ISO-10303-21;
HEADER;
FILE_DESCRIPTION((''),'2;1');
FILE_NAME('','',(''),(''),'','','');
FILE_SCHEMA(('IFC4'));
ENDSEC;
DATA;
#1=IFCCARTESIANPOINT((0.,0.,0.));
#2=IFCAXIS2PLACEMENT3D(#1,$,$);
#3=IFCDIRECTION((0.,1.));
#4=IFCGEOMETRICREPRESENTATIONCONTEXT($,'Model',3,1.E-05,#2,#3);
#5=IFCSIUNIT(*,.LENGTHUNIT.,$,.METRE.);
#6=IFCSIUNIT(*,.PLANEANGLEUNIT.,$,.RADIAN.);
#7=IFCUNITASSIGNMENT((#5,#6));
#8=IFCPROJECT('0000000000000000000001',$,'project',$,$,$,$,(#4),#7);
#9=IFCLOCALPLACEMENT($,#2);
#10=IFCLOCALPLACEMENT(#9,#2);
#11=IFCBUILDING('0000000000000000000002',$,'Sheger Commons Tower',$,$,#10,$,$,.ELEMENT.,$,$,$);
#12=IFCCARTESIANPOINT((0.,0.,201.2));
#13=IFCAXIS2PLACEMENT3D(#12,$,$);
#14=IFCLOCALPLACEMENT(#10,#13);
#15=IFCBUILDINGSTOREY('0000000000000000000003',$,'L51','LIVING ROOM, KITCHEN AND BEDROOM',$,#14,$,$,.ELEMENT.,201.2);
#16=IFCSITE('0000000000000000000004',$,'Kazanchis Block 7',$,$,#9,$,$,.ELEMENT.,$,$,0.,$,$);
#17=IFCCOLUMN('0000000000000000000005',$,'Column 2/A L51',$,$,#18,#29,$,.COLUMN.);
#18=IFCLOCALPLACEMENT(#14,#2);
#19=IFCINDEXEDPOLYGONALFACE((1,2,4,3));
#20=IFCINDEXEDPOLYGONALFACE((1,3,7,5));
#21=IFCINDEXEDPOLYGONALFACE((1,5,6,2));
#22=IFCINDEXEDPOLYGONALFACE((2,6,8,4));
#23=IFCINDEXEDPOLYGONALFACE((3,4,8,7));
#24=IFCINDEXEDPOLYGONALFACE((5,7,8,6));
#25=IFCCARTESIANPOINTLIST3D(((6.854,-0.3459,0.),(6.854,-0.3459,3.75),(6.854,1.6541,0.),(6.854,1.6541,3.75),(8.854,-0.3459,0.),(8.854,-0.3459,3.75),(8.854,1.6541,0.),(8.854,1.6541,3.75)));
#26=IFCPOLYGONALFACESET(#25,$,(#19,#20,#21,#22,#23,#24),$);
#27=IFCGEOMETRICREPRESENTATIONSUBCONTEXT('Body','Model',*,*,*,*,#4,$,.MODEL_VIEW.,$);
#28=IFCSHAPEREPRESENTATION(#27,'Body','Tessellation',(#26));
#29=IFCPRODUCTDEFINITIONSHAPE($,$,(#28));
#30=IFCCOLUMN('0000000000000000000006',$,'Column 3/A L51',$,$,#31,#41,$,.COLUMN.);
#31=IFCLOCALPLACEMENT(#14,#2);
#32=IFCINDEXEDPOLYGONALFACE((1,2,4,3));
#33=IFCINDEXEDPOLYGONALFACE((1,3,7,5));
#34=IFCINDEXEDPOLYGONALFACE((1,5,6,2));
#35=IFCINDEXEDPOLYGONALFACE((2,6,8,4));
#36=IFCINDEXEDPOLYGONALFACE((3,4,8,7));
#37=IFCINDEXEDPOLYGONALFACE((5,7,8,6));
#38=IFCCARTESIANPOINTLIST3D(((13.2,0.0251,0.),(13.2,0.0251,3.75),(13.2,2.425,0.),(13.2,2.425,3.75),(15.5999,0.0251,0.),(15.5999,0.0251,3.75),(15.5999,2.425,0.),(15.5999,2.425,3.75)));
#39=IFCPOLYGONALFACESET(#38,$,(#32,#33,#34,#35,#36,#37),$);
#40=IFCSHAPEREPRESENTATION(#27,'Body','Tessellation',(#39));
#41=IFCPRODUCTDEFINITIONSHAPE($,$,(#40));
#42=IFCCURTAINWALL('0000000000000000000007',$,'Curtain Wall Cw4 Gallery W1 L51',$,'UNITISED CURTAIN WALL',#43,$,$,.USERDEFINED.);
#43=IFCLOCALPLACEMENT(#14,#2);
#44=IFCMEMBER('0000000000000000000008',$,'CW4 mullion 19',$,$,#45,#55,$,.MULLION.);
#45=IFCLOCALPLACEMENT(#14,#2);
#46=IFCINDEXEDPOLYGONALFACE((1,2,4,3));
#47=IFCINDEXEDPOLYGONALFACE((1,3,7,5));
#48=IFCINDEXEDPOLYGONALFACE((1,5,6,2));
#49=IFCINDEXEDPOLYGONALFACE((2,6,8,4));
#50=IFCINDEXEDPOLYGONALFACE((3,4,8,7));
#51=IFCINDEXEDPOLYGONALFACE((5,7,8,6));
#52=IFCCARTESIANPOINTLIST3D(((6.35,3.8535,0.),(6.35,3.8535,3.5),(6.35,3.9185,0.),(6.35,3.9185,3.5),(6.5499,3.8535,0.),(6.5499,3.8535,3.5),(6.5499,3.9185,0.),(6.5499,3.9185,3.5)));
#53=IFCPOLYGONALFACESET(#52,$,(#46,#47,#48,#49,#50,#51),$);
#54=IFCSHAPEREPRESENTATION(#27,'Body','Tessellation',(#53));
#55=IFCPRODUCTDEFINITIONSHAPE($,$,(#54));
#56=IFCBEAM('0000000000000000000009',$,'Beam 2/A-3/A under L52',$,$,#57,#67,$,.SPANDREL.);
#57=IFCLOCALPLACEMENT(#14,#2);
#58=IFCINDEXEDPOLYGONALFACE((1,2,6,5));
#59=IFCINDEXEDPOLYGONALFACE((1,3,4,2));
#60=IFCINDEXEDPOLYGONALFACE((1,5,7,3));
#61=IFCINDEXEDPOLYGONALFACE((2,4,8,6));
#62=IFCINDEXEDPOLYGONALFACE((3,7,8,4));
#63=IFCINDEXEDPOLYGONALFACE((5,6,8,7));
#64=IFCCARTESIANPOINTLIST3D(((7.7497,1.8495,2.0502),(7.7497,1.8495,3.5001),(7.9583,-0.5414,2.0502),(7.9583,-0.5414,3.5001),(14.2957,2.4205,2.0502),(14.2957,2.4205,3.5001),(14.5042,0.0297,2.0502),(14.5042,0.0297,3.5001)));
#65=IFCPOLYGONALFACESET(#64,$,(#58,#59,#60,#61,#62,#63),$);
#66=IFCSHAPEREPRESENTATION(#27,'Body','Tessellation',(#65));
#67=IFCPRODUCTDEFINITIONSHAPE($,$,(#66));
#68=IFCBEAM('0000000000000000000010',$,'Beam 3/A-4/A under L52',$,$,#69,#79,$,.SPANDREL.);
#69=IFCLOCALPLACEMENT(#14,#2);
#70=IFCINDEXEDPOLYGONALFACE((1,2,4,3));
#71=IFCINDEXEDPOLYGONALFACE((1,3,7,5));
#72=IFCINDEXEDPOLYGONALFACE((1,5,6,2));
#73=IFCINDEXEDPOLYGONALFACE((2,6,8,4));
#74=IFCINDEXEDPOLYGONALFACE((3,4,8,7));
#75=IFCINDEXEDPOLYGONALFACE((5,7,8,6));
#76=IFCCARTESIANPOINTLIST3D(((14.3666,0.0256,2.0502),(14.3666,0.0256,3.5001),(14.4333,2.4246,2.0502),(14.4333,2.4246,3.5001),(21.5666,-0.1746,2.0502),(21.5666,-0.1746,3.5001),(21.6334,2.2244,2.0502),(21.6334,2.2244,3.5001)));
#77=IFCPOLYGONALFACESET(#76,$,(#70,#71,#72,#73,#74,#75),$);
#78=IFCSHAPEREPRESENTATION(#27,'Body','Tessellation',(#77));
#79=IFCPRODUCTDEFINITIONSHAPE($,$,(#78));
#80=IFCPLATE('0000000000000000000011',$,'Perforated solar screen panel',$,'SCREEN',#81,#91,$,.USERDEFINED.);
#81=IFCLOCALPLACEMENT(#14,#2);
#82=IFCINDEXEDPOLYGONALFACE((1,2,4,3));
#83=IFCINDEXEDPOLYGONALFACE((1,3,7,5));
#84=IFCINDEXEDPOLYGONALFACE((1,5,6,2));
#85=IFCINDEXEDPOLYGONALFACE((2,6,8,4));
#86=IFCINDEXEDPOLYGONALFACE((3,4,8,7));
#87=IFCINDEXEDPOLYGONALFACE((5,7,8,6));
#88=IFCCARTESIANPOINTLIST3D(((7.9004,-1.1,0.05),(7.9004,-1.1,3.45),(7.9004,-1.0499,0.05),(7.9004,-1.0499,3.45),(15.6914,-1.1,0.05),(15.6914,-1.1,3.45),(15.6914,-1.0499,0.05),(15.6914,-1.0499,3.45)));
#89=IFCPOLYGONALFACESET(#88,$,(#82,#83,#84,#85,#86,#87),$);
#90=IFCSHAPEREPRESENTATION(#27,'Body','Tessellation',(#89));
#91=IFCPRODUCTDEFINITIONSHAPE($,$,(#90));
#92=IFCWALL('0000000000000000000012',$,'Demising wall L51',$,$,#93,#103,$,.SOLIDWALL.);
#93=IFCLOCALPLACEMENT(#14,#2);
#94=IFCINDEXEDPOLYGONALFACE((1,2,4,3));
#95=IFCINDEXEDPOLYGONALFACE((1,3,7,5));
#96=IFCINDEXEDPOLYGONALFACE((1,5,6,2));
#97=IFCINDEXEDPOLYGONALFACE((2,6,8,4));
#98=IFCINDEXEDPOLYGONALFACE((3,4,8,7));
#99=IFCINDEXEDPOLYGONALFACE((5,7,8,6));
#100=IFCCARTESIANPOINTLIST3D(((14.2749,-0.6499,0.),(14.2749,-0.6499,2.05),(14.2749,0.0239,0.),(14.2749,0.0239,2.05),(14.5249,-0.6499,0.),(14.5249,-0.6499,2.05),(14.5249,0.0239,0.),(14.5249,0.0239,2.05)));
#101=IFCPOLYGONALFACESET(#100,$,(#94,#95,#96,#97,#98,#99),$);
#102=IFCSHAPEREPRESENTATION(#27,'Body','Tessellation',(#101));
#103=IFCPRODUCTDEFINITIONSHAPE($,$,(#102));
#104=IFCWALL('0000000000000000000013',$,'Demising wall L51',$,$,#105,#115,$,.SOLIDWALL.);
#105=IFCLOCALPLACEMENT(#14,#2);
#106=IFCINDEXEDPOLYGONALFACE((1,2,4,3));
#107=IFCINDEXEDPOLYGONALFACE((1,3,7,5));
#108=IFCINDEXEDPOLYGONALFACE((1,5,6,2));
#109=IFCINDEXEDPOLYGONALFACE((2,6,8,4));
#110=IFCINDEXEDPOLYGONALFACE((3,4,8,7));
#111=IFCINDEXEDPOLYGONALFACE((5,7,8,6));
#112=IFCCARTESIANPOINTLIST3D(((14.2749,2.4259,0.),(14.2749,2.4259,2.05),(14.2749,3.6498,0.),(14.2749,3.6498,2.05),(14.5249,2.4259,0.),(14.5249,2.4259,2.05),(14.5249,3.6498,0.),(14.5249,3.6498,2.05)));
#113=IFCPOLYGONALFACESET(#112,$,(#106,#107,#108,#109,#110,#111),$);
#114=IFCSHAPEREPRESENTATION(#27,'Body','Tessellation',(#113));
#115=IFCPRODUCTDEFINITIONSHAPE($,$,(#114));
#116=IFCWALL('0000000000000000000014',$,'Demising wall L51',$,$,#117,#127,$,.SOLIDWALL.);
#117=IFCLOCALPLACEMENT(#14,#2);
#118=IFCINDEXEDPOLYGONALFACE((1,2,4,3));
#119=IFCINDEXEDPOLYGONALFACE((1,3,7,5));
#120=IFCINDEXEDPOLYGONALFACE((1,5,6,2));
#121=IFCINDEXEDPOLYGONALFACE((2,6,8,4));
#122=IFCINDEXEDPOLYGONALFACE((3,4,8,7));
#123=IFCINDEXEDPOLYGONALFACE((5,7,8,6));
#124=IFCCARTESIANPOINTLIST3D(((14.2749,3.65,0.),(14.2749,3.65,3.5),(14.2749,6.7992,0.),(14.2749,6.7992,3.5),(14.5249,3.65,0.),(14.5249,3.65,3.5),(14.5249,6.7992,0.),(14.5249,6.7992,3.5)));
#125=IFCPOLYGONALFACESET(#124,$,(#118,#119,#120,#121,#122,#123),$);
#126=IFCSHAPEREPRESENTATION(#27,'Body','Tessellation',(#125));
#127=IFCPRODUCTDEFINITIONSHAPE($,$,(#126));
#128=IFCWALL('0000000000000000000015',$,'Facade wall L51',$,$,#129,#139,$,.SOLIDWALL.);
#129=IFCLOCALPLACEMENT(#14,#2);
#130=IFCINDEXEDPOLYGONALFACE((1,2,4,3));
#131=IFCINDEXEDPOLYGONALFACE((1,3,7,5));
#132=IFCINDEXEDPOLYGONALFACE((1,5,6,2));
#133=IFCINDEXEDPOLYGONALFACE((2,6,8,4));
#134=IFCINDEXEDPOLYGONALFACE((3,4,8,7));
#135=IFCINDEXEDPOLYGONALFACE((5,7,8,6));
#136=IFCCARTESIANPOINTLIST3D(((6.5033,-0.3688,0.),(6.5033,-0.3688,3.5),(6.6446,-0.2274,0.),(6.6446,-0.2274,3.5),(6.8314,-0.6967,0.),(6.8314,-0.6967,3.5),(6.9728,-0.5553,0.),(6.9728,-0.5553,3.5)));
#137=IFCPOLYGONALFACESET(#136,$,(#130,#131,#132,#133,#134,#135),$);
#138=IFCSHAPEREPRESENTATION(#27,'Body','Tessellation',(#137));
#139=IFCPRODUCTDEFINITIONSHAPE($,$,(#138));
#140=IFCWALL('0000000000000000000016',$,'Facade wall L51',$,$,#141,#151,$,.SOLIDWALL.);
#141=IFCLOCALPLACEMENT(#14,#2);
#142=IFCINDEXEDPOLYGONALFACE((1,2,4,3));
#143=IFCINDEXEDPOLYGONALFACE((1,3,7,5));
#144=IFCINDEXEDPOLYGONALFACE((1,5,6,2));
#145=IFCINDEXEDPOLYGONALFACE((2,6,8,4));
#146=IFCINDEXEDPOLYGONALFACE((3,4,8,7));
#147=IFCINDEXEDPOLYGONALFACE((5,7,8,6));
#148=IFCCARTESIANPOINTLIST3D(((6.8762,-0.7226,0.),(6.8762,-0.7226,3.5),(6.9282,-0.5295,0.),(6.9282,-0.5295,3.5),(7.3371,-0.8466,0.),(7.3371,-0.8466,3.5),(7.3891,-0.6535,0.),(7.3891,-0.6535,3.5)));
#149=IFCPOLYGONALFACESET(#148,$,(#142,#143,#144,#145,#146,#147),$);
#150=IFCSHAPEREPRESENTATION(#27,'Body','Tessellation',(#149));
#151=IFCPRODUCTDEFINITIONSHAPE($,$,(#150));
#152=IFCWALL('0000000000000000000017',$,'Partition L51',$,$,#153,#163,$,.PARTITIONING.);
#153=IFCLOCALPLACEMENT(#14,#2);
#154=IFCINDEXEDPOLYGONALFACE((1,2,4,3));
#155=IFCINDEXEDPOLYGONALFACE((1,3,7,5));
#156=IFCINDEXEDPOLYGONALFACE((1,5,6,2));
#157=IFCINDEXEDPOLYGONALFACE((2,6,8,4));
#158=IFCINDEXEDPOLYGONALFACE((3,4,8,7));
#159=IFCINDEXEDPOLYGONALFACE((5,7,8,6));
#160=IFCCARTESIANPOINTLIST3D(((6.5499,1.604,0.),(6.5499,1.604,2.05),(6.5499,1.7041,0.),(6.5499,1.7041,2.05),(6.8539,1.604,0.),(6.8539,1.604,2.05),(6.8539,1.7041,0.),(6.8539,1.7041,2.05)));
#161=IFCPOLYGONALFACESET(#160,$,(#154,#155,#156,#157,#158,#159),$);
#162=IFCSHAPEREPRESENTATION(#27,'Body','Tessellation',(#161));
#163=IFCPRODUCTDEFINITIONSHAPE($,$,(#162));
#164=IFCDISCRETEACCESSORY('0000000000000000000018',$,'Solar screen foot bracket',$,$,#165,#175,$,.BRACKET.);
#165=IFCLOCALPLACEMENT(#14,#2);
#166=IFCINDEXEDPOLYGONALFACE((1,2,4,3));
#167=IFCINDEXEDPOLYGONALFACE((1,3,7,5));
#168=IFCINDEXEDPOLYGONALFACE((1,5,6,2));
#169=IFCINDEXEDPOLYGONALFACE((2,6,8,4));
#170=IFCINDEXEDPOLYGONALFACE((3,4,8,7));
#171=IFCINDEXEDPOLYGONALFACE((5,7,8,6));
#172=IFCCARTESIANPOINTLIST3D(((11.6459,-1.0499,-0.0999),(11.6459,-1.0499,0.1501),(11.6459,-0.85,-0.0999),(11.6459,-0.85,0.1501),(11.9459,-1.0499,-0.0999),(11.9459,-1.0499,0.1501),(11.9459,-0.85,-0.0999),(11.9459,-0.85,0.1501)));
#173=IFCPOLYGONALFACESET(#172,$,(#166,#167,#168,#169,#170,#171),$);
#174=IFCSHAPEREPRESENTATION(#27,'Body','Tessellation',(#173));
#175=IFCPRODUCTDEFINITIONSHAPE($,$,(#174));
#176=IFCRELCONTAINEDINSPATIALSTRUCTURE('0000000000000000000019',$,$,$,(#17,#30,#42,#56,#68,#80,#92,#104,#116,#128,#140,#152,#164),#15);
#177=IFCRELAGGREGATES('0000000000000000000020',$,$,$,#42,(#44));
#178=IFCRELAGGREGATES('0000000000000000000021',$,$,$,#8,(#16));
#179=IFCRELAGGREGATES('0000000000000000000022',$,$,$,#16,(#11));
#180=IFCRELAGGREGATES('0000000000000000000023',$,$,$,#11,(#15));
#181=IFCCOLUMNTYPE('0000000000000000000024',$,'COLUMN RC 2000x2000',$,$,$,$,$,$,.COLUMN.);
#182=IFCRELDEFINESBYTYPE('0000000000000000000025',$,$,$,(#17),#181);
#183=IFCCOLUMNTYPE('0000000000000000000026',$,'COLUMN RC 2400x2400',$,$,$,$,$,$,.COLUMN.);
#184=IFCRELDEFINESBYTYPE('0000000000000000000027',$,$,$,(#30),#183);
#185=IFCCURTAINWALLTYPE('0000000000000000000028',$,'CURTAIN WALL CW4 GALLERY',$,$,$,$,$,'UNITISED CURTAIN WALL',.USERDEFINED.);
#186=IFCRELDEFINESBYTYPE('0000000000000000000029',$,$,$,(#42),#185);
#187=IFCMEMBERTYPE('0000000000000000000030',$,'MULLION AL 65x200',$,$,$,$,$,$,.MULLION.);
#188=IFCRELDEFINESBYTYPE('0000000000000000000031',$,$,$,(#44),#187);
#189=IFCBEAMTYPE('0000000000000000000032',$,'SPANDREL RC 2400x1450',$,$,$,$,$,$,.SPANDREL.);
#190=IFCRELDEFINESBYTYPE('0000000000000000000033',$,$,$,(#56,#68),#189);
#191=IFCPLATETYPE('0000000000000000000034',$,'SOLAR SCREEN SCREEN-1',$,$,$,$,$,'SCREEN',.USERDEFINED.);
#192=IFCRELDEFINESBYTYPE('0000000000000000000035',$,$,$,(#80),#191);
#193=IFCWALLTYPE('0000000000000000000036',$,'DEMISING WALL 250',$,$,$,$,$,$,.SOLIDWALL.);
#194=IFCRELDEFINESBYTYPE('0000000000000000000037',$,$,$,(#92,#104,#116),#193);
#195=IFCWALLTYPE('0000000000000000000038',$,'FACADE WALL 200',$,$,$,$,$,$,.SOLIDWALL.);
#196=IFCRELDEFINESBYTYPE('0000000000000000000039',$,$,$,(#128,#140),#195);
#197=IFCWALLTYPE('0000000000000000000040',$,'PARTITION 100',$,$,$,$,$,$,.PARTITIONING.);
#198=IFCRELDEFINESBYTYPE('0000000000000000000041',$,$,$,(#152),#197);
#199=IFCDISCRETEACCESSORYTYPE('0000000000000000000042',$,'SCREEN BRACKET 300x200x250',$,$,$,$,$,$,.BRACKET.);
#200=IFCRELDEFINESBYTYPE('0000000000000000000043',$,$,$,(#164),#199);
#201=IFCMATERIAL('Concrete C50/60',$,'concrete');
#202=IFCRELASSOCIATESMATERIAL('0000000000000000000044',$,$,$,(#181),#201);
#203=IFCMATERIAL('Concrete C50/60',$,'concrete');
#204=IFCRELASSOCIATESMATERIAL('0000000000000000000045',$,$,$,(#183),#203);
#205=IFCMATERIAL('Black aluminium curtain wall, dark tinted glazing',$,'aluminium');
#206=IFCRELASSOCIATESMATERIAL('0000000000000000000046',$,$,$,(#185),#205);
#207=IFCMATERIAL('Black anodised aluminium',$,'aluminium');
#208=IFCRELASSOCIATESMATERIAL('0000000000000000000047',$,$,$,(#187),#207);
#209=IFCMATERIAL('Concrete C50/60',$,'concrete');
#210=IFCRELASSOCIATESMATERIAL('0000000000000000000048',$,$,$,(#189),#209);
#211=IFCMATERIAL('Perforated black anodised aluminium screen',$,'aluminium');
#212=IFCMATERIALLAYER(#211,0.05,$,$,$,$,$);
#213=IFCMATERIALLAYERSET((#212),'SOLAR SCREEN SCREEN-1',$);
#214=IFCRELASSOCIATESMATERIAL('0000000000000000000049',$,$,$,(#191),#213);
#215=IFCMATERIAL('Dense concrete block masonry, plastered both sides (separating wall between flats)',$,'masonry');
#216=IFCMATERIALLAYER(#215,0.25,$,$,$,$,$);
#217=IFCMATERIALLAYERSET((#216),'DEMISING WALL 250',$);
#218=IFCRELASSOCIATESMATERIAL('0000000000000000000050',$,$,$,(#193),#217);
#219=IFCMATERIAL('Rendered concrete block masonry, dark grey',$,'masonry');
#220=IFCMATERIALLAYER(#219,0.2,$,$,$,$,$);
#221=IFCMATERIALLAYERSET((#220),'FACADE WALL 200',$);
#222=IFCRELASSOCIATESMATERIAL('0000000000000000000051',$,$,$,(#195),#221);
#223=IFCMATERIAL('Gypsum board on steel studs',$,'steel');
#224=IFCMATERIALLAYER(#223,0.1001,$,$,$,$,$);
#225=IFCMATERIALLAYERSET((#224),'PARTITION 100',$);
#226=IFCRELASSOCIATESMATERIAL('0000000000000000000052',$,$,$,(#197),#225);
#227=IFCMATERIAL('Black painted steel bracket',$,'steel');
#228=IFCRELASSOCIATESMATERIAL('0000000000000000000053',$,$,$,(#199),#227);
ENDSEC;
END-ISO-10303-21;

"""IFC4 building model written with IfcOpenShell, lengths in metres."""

from ifc_helpers import new_model, si_unit, direction, frame, frame_2d, origin, origin_2d, place, context, subcontext, project, spatial, rectangle, extrude, material, layer, layer_set, material_profile, profile_set, type_object, element, aggregate, save


model = new_model("IFC4")

# Units and contexts
model_context = context("Model", 3, precision=1e-05, world=origin(), true_north=direction((0.0, 1.0)))
body_context = subcontext(model_context, "Body", "Model", "MODEL_VIEW")
ifc_project = project(units=[si_unit("LENGTHUNIT", "METRE"), si_unit("PLANEANGLEUNIT", "RADIAN")], contexts=[model_context])

# Site, building, storey
site_placement = place(None, origin())
site = spatial("IfcSite", under=ifc_project, at=site_placement, Name="Kazanchis Block 7", CompositionType="ELEMENT", RefElevation=0.0)
building_placement = place(site_placement, origin())
building = spatial("IfcBuilding", under=site, at=building_placement, Name="Sheger Commons Tower", CompositionType="ELEMENT")
storey_placement = place(building_placement, frame((0.0, 0.0, 201.2)))
storey = spatial("IfcBuildingStorey", under=building, at=storey_placement, Name="L51", Description="LIVING ROOM, KITCHEN AND BEDROOM", CompositionType="ELEMENT", Elevation=201.2)

# Columns
ifc_material_1 = material(Name="Concrete C50/60", Category="concrete")
ifc_material_profile_1 = material_profile(ifc_material_1, rectangle(XDim=2.0, YDim=2.0, at=origin_2d()), Name="RC 2000x2000")
ifc_profile_set_1 = profile_set([ifc_material_profile_1], Name="Concrete C50/60")
column_type_1 = type_object("IfcColumnType", Name="COLUMN RC 2000x2000", PredefinedType="COLUMN", material=ifc_profile_set_1)
column_1_placement = place(storey_placement, frame((7.854, 0.6541, 0.0), z_axis=(0.0, 0.0, 1.0), x_axis=(1.0, 0.0, 0.0)))
element("IfcColumn", 1, at=column_1_placement, inside=storey, type_object=column_type_1, Name="Column 2/A L51", PredefinedType="COLUMN", context=body_context, shape_type="SweptSolid", body=[
    extrude(rectangle(XDim=2.0, YDim=2.0, at=origin_2d()), origin(), (0.0, 0.0, 1.0), 3.75),
])
ifc_material_2 = material(Name="Concrete C50/60", Category="concrete")
ifc_material_profile_2 = material_profile(ifc_material_2, rectangle(XDim=2.3999, YDim=2.3999, at=origin_2d()), Name="RC 2400x2400")
ifc_profile_set_2 = profile_set([ifc_material_profile_2], Name="Concrete C50/60")
column_type_2 = type_object("IfcColumnType", Name="COLUMN RC 2400x2400", PredefinedType="COLUMN", material=ifc_profile_set_2)
column_2_placement = place(storey_placement, frame((14.3999, 1.2251, 0.0), z_axis=(0.0, 0.0, 1.0), x_axis=(1.0, 0.0, 0.0)))
element("IfcColumn", 2, at=column_2_placement, inside=storey, type_object=column_type_2, Name="Column 3/A L51", PredefinedType="COLUMN", context=body_context, shape_type="SweptSolid", body=[
    extrude(rectangle(XDim=2.3999, YDim=2.3999, at=origin_2d()), origin(), (0.0, 0.0, 1.0), 3.75),
])

# Curtain wall, member
ifc_material_3 = material(Name="Black aluminium curtain wall, dark tinted glazing", Category="aluminium")
curtain_wall_type = type_object("IfcCurtainWallType", Name="CURTAIN WALL CW4 GALLERY", ElementType="UNITISED CURTAIN WALL", PredefinedType="USERDEFINED", material=ifc_material_3)
curtain_wall_placement = place(storey_placement, origin())
curtain_wall = element("IfcCurtainWall", 3, at=curtain_wall_placement, inside=storey, type_object=curtain_wall_type, Name="Curtain Wall Cw4 Gallery W1 L51", ObjectType="UNITISED CURTAIN WALL", PredefinedType="USERDEFINED")
ifc_material_4 = material(Name="Black anodised aluminium", Category="aluminium")
ifc_material_profile_3 = material_profile(ifc_material_4, rectangle(XDim=0.2, YDim=0.0649, at=origin_2d()), Name="AL 65x200")
ifc_profile_set_3 = profile_set([ifc_material_profile_3], Name="Black anodised aluminium")
member_type = type_object("IfcMemberType", Name="MULLION AL 65x200", PredefinedType="MULLION", material=ifc_profile_set_3)
member_placement = place(storey_placement, frame((6.45, 3.886, 0.0), z_axis=(0.0, 0.0, 1.0), x_axis=(1.0, 0.0, 0.0)))
member = element("IfcMember", 4, at=member_placement, type_object=member_type, Name="CW4 mullion 19", PredefinedType="MULLION", context=body_context, shape_type="SweptSolid", body=[
    extrude(rectangle(XDim=0.2, YDim=0.0649, at=origin_2d()), origin(), (0.0, 0.0, 1.0), 3.5),
])
aggregate(curtain_wall, [member])

# Beams
ifc_material_5 = material(Name="Concrete C50/60", Category="concrete")
ifc_material_profile_4 = material_profile(ifc_material_5, rectangle(XDim=2.3999, YDim=1.45, at=origin_2d()), Name="RC 2400x1450")
ifc_profile_set_4 = profile_set([ifc_material_profile_4], Name="Concrete C50/60")
beam_type = type_object("IfcBeamType", Name="SPANDREL RC 2400x1450", PredefinedType="SPANDREL", material=ifc_profile_set_4)
beam_1_placement = place(storey_placement, frame((7.854, 0.6541, 2.7751), z_axis=(0.996216, 0.086907, 0.0), x_axis=(-0.086907, 0.996216, 0.0)))
element("IfcBeam", 5, at=beam_1_placement, inside=storey, type_object=beam_type, Name="Beam 2/A-3/A under L52", PredefinedType="SPANDREL", context=body_context, shape_type="SweptSolid", body=[
    extrude(rectangle(XDim=2.3999, YDim=1.45, at=origin_2d()), origin(), (0.0, 0.0, 1.0), 6.5708),
])
beam_2_placement = place(storey_placement, frame((14.3999, 1.2251, 2.7751), z_axis=(0.999614, -0.027793, 0.0), x_axis=(0.027793, 0.999614, 0.0)))
element("IfcBeam", 6, at=beam_2_placement, inside=storey, type_object=beam_type, Name="Beam 3/A-4/A under L52", PredefinedType="SPANDREL", context=body_context, shape_type="SweptSolid", body=[
    extrude(rectangle(XDim=2.3999, YDim=1.45, at=origin_2d()), origin(), (0.0, 0.0, 1.0), 7.2029),
])

# Plate
ifc_material_6 = material(Name="Perforated black anodised aluminium screen", Category="aluminium")
ifc_layer_1 = layer(ifc_material_6, 0.05)
ifc_layer_set_1 = layer_set([ifc_layer_1], Name="SOLAR SCREEN SCREEN-1")
plate_type = type_object("IfcPlateType", Name="SOLAR SCREEN SCREEN-1", ElementType="SCREEN", PredefinedType="USERDEFINED", material=ifc_layer_set_1)
plate_placement = place(storey_placement, frame((11.7959, -1.075, 0.05), z_axis=(0.0, 0.0, 1.0), x_axis=(1.0, 0.0, 0.0)))
element("IfcPlate", 7, at=plate_placement, inside=storey, type_object=plate_type, Name="Perforated solar screen panel", ObjectType="SCREEN", PredefinedType="USERDEFINED", context=body_context, shape_type="SweptSolid", body=[
    extrude(rectangle(XDim=7.791, YDim=0.05, at=origin_2d()), origin(), (0.0, 0.0, 1.0), 3.3999),
])

# Walls
ifc_material_7 = material(Name="Dense concrete block masonry, plastered both sides (separating wall between flats)", Category="masonry")
ifc_layer_2 = layer(ifc_material_7, 0.25)
ifc_layer_set_2 = layer_set([ifc_layer_2], Name="DEMISING WALL 250")
wall_type_1 = type_object("IfcWallType", Name="DEMISING WALL 250", PredefinedType="SOLIDWALL", material=ifc_layer_set_2)
wall_1_placement = place(storey_placement, frame((14.3999, -0.6499, 0.0), z_axis=(0.0, 0.0, 1.0), x_axis=(0.0, 1.0, 0.0)))
element("IfcWall", 8, at=wall_1_placement, inside=storey, type_object=wall_type_1, Name="Demising wall L51", PredefinedType="SOLIDWALL", context=body_context, shape_type="SweptSolid", body=[
    extrude(rectangle(XDim=0.6738, YDim=0.25, at=frame_2d((0.3369, 0.0))), origin(), (0.0, 0.0, 1.0), 2.05),
])
wall_2_placement = place(storey_placement, frame((14.3999, 2.426, 0.0), z_axis=(0.0, 0.0, 1.0), x_axis=(0.0, 1.0, 0.0)))
element("IfcWall", 9, at=wall_2_placement, inside=storey, type_object=wall_type_1, Name="Demising wall L51", PredefinedType="SOLIDWALL", context=body_context, shape_type="SweptSolid", body=[
    extrude(rectangle(XDim=1.2239, YDim=0.25, at=frame_2d((0.6118, 0.0))), origin(), (0.0, 0.0, 1.0), 2.05),
])
wall_3_placement = place(storey_placement, frame((14.3999, 3.6499, 0.0), z_axis=(0.0, 0.0, 1.0), x_axis=(0.0, 1.0, 0.0)))
element("IfcWall", 10, at=wall_3_placement, inside=storey, type_object=wall_type_1, Name="Demising wall L51", PredefinedType="SOLIDWALL", context=body_context, shape_type="SweptSolid", body=[
    extrude(rectangle(XDim=3.1492, YDim=0.25, at=frame_2d((1.5747, 0.0))), origin(), (0.0, 0.0, 1.0), 3.5),
])

# Shared definitions
ifc_material_8 = material(Name="Rendered concrete block masonry, dark grey", Category="masonry")
ifc_layer_3 = layer(ifc_material_8, 0.2)
ifc_layer_set_3 = layer_set([ifc_layer_3], Name="FACADE WALL 200")
wall_type_2 = type_object("IfcWallType", Name="FACADE WALL 200", PredefinedType="SOLIDWALL", material=ifc_layer_set_3)

# Walls
wall_4_placement = place(storey_placement, frame((6.574, -0.2981, 0.0), z_axis=(0.0, 0.0, 1.0), x_axis=(0.70737, -0.706844, 0.0)))
element("IfcWall", 11, at=wall_4_placement, inside=storey, type_object=wall_type_2, Name="Facade wall L51", PredefinedType="SOLIDWALL", context=body_context, shape_type="SweptSolid", body=[
    extrude(rectangle(XDim=0.4639, YDim=0.2, at=frame_2d((0.2319, 0.0))), origin(), (0.0, 0.0, 1.0), 3.5),
])
wall_5_placement = place(storey_placement, frame((6.9021, -0.626, 0.0), z_axis=(0.0, 0.0, 1.0), x_axis=(0.965655, -0.259827, 0.0)))
element("IfcWall", 12, at=wall_5_placement, inside=storey, type_object=wall_type_2, Name="Facade wall L51", PredefinedType="SOLIDWALL", context=body_context, shape_type="SweptSolid", body=[
    extrude(rectangle(XDim=0.4773, YDim=0.2, at=frame_2d((0.2388, 0.0))), origin(), (0.0, 0.0, 1.0), 3.5),
])
ifc_material_9 = material(Name="Gypsum board on steel studs", Category="steel")
ifc_layer_4 = layer(ifc_material_9, 0.1001)
ifc_layer_set_4 = layer_set([ifc_layer_4], Name="PARTITION 100")
wall_type_3 = type_object("IfcWallType", Name="PARTITION 100", PredefinedType="PARTITIONING", material=ifc_layer_set_4)
wall_6_placement = place(storey_placement, frame((6.55, 1.6541, 0.0), z_axis=(0.0, 0.0, 1.0), x_axis=(1.0, 0.0, 0.0)))
element("IfcWall", 13, at=wall_6_placement, inside=storey, type_object=wall_type_3, Name="Partition L51", PredefinedType="PARTITIONING", context=body_context, shape_type="SweptSolid", body=[
    extrude(rectangle(XDim=0.304, YDim=0.1001, at=frame_2d((0.1519, 0.0))), origin(), (0.0, 0.0, 1.0), 2.05),
])

# Discrete accessory
ifc_material_10 = material(Name="Black painted steel bracket", Category="steel")
discrete_accessory_type = type_object("IfcDiscreteAccessoryType", Name="SCREEN BRACKET 300x200x250", PredefinedType="BRACKET", material=ifc_material_10)
for number, where, z_axis, x_axis, name in (
    (14, (11.7959, -0.95, -0.0999), (0.0, 0.0, 1.0), (1.0, 0.0, 0.0), "Solar screen foot bracket"),
):
    element("IfcDiscreteAccessory", number, at=place(storey_placement, frame(where, z_axis=z_axis, x_axis=x_axis)), inside=storey, type_object=discrete_accessory_type, Name=name, PredefinedType="BRACKET", context=body_context, shape_type="SweptSolid", body=[
        extrude(rectangle(XDim=0.3, YDim=0.2, at=origin_2d()), origin(), (0.0, 0.0, 1.0), 0.25),
    ])

save(model, "model.ifc")
